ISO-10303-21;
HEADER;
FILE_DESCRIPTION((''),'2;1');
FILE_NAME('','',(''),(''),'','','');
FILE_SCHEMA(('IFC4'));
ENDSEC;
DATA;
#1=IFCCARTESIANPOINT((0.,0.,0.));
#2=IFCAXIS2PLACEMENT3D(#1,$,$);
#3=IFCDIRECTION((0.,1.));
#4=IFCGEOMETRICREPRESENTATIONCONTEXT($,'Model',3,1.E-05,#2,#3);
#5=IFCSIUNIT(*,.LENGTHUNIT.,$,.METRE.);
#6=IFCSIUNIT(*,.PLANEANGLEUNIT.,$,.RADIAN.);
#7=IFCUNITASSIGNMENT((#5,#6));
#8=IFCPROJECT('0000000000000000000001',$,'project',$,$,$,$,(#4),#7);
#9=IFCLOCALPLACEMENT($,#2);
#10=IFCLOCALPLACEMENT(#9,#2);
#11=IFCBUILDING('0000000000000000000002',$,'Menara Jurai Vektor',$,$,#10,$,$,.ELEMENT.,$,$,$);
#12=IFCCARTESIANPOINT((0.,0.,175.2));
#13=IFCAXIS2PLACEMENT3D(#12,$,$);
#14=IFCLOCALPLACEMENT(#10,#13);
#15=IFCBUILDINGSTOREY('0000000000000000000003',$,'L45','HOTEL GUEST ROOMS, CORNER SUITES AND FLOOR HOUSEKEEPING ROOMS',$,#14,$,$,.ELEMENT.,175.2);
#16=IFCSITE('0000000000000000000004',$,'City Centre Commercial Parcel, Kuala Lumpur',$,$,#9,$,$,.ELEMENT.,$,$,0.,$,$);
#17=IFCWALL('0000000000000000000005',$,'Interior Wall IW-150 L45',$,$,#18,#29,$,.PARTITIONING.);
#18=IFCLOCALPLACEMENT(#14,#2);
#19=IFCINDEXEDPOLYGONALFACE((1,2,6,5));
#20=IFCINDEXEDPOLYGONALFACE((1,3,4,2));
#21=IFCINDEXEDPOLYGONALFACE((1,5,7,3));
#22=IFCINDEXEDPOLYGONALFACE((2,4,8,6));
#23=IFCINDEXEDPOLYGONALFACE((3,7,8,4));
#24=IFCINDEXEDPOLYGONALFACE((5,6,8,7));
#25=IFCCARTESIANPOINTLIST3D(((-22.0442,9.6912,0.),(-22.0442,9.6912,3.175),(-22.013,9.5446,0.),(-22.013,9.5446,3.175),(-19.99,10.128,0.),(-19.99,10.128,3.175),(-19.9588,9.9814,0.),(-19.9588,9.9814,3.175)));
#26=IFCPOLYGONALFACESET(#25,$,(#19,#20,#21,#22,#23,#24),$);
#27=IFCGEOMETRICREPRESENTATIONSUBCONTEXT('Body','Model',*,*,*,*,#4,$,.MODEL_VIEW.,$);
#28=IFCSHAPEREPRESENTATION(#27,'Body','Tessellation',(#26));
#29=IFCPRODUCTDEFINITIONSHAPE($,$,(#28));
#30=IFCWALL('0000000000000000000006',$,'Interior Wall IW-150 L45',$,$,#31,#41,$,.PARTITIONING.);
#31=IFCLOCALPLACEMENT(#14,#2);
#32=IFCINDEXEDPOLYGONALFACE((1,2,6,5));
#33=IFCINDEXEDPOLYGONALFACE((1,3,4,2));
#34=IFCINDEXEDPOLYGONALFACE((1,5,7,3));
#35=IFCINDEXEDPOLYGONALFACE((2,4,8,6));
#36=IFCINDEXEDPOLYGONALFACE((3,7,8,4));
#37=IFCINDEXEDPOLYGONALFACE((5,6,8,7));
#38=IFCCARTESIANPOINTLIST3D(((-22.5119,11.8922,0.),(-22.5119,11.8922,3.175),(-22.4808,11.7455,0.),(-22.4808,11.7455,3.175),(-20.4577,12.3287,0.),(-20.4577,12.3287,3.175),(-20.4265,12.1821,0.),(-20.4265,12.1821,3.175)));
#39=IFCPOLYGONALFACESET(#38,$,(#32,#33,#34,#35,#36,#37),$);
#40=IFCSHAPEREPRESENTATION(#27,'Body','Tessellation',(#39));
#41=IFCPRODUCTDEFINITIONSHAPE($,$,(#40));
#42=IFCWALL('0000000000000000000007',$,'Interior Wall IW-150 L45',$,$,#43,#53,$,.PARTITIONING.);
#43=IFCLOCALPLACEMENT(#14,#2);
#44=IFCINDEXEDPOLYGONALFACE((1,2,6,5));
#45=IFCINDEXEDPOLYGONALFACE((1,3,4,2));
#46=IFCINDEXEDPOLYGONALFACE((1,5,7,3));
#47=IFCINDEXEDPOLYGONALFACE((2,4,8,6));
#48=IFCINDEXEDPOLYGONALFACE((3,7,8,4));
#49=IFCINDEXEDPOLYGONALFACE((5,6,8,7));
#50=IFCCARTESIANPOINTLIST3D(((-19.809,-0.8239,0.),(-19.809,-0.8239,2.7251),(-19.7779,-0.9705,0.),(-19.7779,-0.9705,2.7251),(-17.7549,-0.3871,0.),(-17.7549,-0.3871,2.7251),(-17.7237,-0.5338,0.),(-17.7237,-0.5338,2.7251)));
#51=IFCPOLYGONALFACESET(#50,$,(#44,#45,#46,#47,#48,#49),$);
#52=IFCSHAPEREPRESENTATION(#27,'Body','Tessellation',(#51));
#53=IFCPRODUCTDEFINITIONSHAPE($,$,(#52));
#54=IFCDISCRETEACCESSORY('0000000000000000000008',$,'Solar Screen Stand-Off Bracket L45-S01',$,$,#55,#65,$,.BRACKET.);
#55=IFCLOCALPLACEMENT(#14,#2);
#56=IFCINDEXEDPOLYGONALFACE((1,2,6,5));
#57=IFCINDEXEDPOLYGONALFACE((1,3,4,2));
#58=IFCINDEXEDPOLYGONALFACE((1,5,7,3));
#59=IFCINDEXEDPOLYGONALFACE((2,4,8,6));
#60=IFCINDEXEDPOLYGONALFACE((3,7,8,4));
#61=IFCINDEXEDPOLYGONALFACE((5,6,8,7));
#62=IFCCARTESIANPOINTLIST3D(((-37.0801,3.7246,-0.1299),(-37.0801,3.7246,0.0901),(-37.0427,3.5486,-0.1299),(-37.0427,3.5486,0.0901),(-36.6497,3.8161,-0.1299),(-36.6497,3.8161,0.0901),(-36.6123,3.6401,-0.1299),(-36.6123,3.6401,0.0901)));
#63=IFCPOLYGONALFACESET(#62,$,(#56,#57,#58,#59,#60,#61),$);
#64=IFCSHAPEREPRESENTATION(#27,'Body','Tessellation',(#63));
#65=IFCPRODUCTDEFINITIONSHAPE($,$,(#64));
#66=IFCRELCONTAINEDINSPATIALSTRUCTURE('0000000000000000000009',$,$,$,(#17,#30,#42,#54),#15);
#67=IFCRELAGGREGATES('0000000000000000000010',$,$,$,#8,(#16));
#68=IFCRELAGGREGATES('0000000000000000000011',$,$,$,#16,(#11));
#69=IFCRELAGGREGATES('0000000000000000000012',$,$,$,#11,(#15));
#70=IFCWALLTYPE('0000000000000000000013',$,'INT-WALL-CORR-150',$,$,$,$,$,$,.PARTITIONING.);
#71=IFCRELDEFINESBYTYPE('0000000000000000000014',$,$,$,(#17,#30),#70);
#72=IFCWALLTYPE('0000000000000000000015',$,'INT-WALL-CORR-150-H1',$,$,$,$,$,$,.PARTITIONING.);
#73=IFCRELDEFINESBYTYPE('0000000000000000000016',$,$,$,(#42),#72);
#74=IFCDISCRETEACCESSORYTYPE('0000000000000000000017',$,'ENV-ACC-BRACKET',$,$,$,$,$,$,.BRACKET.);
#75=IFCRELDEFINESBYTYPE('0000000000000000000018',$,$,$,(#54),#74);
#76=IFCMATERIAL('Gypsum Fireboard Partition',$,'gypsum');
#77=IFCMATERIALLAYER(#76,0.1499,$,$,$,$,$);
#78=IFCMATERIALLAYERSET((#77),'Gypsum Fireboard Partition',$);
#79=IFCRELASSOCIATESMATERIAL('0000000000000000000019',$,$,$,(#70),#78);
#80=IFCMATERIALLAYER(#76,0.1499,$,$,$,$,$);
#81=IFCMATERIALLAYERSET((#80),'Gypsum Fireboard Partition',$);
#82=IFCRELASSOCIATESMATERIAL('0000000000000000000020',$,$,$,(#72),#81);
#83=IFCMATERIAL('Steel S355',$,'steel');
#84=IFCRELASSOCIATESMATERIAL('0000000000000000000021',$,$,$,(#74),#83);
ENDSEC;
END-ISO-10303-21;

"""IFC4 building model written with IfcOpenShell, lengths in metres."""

from ifc_helpers import new_model, si_unit, direction, frame, frame_2d, origin, origin_2d, place, context, subcontext, project, spatial, rectangle, extrude, material, layer, layer_set, type_object, element, save


model = new_model("IFC4")

# Units and contexts
model_context = context("Model", 3, precision=1e-05, world=origin(), true_north=direction((0.0, 1.0)))
body_context = subcontext(model_context, "Body", "Model", "MODEL_VIEW")
ifc_project = project(units=[si_unit("LENGTHUNIT", "METRE"), si_unit("PLANEANGLEUNIT", "RADIAN")], contexts=[model_context])

# Site, building, storey
site_placement = place(None, origin())
site = spatial("IfcSite", under=ifc_project, at=site_placement, Name="City Centre Commercial Parcel, Kuala Lumpur", CompositionType="ELEMENT", RefElevation=0.0)
building_placement = place(site_placement, origin())
building = spatial("IfcBuilding", under=site, at=building_placement, Name="Menara Jurai Vektor", CompositionType="ELEMENT")
storey_placement = place(building_placement, frame((0.0, 0.0, 175.2)))
storey = spatial("IfcBuildingStorey", under=building, at=storey_placement, Name="L45", Description="HOTEL GUEST ROOMS, CORNER SUITES AND FLOOR HOUSEKEEPING ROOMS", CompositionType="ELEMENT", Elevation=175.2)

# Shared definitions
ifc_material_1 = material(Name="Steel S355", Category="steel")

# Shared definitions
ifc_material_2 = material(Name="Gypsum Fireboard Partition", Category="gypsum")
ifc_layer_1 = layer(ifc_material_2, 0.1499)
ifc_layer_set_1 = layer_set([ifc_layer_1], Name="Gypsum Fireboard Partition")
wall_type_1 = type_object("IfcWallType", Name="INT-WALL-CORR-150", PredefinedType="PARTITIONING", material=ifc_layer_set_1)

# Wall
wall_1_placement = place(storey_placement, frame((-22.0286, 9.6179, 0.0), z_axis=(0.0, 0.0, 1.0), x_axis=(0.978135, 0.207973, 0.0)))
element("IfcWall", 1, at=wall_1_placement, inside=storey, type_object=wall_type_1, Name="Interior Wall IW-150 L45", PredefinedType="PARTITIONING", context=body_context, shape_type="SweptSolid", body=[
    extrude(rectangle(XDim=2.1001, YDim=0.1499, at=frame_2d((1.05, 0.0))), origin(), (0.0, 0.0, 1.0), 3.175),
])

# Walls
wall_2_placement = place(storey_placement, frame((-22.4963, 11.8188, 0.0), z_axis=(0.0, 0.0, 1.0), x_axis=(0.978158, 0.207862, 0.0)))
element("IfcWall", 2, at=wall_2_placement, inside=storey, type_object=wall_type_1, Name="Interior Wall IW-150 L45", PredefinedType="PARTITIONING", context=body_context, shape_type="SweptSolid", body=[
    extrude(rectangle(XDim=2.1001, YDim=0.1499, at=frame_2d((1.05, 0.0))), origin(), (0.0, 0.0, 1.0), 3.175),
])
ifc_layer_2 = layer(ifc_material_2, 0.1499)
ifc_layer_set_2 = layer_set([ifc_layer_2], Name="Gypsum Fireboard Partition")
wall_type_2 = type_object("IfcWallType", Name="INT-WALL-CORR-150-H1", PredefinedType="PARTITIONING", material=ifc_layer_set_2)
wall_3_placement = place(storey_placement, frame((-19.7935, -0.8972, 0.0), z_axis=(0.0, 0.0, 1.0), x_axis=(0.978135, 0.207973, 0.0)))
element("IfcWall", 3, at=wall_3_placement, inside=storey, type_object=wall_type_2, Name="Interior Wall IW-150 L45", PredefinedType="PARTITIONING", context=body_context, shape_type="SweptSolid", body=[
    extrude(rectangle(XDim=2.1001, YDim=0.1499, at=frame_2d((1.05, 0.0))), origin(), (0.0, 0.0, 1.0), 2.7251),
])

# Discrete accessory
discrete_accessory_type = type_object("IfcDiscreteAccessoryType", Name="ENV-ACC-BRACKET", PredefinedType="BRACKET", material=ifc_material_1)
discrete_accessory_placement = place(storey_placement, frame((-36.8462, 3.6824, -0.1299), z_axis=(0.0, 0.0, 1.0), x_axis=(0.207912, -0.978148, 0.0)))
element("IfcDiscreteAccessory", 4, at=discrete_accessory_placement, inside=storey, type_object=discrete_accessory_type, Name="Solar Screen Stand-Off Bracket L45-S01", PredefinedType="BRACKET", context=body_context, shape_type="SweptSolid", body=[
    extrude(rectangle(XDim=0.1799, YDim=0.4399, at=origin_2d()), origin(), (0.0, 0.0, 1.0), 0.22),
])

save(model, "model.ifc")
